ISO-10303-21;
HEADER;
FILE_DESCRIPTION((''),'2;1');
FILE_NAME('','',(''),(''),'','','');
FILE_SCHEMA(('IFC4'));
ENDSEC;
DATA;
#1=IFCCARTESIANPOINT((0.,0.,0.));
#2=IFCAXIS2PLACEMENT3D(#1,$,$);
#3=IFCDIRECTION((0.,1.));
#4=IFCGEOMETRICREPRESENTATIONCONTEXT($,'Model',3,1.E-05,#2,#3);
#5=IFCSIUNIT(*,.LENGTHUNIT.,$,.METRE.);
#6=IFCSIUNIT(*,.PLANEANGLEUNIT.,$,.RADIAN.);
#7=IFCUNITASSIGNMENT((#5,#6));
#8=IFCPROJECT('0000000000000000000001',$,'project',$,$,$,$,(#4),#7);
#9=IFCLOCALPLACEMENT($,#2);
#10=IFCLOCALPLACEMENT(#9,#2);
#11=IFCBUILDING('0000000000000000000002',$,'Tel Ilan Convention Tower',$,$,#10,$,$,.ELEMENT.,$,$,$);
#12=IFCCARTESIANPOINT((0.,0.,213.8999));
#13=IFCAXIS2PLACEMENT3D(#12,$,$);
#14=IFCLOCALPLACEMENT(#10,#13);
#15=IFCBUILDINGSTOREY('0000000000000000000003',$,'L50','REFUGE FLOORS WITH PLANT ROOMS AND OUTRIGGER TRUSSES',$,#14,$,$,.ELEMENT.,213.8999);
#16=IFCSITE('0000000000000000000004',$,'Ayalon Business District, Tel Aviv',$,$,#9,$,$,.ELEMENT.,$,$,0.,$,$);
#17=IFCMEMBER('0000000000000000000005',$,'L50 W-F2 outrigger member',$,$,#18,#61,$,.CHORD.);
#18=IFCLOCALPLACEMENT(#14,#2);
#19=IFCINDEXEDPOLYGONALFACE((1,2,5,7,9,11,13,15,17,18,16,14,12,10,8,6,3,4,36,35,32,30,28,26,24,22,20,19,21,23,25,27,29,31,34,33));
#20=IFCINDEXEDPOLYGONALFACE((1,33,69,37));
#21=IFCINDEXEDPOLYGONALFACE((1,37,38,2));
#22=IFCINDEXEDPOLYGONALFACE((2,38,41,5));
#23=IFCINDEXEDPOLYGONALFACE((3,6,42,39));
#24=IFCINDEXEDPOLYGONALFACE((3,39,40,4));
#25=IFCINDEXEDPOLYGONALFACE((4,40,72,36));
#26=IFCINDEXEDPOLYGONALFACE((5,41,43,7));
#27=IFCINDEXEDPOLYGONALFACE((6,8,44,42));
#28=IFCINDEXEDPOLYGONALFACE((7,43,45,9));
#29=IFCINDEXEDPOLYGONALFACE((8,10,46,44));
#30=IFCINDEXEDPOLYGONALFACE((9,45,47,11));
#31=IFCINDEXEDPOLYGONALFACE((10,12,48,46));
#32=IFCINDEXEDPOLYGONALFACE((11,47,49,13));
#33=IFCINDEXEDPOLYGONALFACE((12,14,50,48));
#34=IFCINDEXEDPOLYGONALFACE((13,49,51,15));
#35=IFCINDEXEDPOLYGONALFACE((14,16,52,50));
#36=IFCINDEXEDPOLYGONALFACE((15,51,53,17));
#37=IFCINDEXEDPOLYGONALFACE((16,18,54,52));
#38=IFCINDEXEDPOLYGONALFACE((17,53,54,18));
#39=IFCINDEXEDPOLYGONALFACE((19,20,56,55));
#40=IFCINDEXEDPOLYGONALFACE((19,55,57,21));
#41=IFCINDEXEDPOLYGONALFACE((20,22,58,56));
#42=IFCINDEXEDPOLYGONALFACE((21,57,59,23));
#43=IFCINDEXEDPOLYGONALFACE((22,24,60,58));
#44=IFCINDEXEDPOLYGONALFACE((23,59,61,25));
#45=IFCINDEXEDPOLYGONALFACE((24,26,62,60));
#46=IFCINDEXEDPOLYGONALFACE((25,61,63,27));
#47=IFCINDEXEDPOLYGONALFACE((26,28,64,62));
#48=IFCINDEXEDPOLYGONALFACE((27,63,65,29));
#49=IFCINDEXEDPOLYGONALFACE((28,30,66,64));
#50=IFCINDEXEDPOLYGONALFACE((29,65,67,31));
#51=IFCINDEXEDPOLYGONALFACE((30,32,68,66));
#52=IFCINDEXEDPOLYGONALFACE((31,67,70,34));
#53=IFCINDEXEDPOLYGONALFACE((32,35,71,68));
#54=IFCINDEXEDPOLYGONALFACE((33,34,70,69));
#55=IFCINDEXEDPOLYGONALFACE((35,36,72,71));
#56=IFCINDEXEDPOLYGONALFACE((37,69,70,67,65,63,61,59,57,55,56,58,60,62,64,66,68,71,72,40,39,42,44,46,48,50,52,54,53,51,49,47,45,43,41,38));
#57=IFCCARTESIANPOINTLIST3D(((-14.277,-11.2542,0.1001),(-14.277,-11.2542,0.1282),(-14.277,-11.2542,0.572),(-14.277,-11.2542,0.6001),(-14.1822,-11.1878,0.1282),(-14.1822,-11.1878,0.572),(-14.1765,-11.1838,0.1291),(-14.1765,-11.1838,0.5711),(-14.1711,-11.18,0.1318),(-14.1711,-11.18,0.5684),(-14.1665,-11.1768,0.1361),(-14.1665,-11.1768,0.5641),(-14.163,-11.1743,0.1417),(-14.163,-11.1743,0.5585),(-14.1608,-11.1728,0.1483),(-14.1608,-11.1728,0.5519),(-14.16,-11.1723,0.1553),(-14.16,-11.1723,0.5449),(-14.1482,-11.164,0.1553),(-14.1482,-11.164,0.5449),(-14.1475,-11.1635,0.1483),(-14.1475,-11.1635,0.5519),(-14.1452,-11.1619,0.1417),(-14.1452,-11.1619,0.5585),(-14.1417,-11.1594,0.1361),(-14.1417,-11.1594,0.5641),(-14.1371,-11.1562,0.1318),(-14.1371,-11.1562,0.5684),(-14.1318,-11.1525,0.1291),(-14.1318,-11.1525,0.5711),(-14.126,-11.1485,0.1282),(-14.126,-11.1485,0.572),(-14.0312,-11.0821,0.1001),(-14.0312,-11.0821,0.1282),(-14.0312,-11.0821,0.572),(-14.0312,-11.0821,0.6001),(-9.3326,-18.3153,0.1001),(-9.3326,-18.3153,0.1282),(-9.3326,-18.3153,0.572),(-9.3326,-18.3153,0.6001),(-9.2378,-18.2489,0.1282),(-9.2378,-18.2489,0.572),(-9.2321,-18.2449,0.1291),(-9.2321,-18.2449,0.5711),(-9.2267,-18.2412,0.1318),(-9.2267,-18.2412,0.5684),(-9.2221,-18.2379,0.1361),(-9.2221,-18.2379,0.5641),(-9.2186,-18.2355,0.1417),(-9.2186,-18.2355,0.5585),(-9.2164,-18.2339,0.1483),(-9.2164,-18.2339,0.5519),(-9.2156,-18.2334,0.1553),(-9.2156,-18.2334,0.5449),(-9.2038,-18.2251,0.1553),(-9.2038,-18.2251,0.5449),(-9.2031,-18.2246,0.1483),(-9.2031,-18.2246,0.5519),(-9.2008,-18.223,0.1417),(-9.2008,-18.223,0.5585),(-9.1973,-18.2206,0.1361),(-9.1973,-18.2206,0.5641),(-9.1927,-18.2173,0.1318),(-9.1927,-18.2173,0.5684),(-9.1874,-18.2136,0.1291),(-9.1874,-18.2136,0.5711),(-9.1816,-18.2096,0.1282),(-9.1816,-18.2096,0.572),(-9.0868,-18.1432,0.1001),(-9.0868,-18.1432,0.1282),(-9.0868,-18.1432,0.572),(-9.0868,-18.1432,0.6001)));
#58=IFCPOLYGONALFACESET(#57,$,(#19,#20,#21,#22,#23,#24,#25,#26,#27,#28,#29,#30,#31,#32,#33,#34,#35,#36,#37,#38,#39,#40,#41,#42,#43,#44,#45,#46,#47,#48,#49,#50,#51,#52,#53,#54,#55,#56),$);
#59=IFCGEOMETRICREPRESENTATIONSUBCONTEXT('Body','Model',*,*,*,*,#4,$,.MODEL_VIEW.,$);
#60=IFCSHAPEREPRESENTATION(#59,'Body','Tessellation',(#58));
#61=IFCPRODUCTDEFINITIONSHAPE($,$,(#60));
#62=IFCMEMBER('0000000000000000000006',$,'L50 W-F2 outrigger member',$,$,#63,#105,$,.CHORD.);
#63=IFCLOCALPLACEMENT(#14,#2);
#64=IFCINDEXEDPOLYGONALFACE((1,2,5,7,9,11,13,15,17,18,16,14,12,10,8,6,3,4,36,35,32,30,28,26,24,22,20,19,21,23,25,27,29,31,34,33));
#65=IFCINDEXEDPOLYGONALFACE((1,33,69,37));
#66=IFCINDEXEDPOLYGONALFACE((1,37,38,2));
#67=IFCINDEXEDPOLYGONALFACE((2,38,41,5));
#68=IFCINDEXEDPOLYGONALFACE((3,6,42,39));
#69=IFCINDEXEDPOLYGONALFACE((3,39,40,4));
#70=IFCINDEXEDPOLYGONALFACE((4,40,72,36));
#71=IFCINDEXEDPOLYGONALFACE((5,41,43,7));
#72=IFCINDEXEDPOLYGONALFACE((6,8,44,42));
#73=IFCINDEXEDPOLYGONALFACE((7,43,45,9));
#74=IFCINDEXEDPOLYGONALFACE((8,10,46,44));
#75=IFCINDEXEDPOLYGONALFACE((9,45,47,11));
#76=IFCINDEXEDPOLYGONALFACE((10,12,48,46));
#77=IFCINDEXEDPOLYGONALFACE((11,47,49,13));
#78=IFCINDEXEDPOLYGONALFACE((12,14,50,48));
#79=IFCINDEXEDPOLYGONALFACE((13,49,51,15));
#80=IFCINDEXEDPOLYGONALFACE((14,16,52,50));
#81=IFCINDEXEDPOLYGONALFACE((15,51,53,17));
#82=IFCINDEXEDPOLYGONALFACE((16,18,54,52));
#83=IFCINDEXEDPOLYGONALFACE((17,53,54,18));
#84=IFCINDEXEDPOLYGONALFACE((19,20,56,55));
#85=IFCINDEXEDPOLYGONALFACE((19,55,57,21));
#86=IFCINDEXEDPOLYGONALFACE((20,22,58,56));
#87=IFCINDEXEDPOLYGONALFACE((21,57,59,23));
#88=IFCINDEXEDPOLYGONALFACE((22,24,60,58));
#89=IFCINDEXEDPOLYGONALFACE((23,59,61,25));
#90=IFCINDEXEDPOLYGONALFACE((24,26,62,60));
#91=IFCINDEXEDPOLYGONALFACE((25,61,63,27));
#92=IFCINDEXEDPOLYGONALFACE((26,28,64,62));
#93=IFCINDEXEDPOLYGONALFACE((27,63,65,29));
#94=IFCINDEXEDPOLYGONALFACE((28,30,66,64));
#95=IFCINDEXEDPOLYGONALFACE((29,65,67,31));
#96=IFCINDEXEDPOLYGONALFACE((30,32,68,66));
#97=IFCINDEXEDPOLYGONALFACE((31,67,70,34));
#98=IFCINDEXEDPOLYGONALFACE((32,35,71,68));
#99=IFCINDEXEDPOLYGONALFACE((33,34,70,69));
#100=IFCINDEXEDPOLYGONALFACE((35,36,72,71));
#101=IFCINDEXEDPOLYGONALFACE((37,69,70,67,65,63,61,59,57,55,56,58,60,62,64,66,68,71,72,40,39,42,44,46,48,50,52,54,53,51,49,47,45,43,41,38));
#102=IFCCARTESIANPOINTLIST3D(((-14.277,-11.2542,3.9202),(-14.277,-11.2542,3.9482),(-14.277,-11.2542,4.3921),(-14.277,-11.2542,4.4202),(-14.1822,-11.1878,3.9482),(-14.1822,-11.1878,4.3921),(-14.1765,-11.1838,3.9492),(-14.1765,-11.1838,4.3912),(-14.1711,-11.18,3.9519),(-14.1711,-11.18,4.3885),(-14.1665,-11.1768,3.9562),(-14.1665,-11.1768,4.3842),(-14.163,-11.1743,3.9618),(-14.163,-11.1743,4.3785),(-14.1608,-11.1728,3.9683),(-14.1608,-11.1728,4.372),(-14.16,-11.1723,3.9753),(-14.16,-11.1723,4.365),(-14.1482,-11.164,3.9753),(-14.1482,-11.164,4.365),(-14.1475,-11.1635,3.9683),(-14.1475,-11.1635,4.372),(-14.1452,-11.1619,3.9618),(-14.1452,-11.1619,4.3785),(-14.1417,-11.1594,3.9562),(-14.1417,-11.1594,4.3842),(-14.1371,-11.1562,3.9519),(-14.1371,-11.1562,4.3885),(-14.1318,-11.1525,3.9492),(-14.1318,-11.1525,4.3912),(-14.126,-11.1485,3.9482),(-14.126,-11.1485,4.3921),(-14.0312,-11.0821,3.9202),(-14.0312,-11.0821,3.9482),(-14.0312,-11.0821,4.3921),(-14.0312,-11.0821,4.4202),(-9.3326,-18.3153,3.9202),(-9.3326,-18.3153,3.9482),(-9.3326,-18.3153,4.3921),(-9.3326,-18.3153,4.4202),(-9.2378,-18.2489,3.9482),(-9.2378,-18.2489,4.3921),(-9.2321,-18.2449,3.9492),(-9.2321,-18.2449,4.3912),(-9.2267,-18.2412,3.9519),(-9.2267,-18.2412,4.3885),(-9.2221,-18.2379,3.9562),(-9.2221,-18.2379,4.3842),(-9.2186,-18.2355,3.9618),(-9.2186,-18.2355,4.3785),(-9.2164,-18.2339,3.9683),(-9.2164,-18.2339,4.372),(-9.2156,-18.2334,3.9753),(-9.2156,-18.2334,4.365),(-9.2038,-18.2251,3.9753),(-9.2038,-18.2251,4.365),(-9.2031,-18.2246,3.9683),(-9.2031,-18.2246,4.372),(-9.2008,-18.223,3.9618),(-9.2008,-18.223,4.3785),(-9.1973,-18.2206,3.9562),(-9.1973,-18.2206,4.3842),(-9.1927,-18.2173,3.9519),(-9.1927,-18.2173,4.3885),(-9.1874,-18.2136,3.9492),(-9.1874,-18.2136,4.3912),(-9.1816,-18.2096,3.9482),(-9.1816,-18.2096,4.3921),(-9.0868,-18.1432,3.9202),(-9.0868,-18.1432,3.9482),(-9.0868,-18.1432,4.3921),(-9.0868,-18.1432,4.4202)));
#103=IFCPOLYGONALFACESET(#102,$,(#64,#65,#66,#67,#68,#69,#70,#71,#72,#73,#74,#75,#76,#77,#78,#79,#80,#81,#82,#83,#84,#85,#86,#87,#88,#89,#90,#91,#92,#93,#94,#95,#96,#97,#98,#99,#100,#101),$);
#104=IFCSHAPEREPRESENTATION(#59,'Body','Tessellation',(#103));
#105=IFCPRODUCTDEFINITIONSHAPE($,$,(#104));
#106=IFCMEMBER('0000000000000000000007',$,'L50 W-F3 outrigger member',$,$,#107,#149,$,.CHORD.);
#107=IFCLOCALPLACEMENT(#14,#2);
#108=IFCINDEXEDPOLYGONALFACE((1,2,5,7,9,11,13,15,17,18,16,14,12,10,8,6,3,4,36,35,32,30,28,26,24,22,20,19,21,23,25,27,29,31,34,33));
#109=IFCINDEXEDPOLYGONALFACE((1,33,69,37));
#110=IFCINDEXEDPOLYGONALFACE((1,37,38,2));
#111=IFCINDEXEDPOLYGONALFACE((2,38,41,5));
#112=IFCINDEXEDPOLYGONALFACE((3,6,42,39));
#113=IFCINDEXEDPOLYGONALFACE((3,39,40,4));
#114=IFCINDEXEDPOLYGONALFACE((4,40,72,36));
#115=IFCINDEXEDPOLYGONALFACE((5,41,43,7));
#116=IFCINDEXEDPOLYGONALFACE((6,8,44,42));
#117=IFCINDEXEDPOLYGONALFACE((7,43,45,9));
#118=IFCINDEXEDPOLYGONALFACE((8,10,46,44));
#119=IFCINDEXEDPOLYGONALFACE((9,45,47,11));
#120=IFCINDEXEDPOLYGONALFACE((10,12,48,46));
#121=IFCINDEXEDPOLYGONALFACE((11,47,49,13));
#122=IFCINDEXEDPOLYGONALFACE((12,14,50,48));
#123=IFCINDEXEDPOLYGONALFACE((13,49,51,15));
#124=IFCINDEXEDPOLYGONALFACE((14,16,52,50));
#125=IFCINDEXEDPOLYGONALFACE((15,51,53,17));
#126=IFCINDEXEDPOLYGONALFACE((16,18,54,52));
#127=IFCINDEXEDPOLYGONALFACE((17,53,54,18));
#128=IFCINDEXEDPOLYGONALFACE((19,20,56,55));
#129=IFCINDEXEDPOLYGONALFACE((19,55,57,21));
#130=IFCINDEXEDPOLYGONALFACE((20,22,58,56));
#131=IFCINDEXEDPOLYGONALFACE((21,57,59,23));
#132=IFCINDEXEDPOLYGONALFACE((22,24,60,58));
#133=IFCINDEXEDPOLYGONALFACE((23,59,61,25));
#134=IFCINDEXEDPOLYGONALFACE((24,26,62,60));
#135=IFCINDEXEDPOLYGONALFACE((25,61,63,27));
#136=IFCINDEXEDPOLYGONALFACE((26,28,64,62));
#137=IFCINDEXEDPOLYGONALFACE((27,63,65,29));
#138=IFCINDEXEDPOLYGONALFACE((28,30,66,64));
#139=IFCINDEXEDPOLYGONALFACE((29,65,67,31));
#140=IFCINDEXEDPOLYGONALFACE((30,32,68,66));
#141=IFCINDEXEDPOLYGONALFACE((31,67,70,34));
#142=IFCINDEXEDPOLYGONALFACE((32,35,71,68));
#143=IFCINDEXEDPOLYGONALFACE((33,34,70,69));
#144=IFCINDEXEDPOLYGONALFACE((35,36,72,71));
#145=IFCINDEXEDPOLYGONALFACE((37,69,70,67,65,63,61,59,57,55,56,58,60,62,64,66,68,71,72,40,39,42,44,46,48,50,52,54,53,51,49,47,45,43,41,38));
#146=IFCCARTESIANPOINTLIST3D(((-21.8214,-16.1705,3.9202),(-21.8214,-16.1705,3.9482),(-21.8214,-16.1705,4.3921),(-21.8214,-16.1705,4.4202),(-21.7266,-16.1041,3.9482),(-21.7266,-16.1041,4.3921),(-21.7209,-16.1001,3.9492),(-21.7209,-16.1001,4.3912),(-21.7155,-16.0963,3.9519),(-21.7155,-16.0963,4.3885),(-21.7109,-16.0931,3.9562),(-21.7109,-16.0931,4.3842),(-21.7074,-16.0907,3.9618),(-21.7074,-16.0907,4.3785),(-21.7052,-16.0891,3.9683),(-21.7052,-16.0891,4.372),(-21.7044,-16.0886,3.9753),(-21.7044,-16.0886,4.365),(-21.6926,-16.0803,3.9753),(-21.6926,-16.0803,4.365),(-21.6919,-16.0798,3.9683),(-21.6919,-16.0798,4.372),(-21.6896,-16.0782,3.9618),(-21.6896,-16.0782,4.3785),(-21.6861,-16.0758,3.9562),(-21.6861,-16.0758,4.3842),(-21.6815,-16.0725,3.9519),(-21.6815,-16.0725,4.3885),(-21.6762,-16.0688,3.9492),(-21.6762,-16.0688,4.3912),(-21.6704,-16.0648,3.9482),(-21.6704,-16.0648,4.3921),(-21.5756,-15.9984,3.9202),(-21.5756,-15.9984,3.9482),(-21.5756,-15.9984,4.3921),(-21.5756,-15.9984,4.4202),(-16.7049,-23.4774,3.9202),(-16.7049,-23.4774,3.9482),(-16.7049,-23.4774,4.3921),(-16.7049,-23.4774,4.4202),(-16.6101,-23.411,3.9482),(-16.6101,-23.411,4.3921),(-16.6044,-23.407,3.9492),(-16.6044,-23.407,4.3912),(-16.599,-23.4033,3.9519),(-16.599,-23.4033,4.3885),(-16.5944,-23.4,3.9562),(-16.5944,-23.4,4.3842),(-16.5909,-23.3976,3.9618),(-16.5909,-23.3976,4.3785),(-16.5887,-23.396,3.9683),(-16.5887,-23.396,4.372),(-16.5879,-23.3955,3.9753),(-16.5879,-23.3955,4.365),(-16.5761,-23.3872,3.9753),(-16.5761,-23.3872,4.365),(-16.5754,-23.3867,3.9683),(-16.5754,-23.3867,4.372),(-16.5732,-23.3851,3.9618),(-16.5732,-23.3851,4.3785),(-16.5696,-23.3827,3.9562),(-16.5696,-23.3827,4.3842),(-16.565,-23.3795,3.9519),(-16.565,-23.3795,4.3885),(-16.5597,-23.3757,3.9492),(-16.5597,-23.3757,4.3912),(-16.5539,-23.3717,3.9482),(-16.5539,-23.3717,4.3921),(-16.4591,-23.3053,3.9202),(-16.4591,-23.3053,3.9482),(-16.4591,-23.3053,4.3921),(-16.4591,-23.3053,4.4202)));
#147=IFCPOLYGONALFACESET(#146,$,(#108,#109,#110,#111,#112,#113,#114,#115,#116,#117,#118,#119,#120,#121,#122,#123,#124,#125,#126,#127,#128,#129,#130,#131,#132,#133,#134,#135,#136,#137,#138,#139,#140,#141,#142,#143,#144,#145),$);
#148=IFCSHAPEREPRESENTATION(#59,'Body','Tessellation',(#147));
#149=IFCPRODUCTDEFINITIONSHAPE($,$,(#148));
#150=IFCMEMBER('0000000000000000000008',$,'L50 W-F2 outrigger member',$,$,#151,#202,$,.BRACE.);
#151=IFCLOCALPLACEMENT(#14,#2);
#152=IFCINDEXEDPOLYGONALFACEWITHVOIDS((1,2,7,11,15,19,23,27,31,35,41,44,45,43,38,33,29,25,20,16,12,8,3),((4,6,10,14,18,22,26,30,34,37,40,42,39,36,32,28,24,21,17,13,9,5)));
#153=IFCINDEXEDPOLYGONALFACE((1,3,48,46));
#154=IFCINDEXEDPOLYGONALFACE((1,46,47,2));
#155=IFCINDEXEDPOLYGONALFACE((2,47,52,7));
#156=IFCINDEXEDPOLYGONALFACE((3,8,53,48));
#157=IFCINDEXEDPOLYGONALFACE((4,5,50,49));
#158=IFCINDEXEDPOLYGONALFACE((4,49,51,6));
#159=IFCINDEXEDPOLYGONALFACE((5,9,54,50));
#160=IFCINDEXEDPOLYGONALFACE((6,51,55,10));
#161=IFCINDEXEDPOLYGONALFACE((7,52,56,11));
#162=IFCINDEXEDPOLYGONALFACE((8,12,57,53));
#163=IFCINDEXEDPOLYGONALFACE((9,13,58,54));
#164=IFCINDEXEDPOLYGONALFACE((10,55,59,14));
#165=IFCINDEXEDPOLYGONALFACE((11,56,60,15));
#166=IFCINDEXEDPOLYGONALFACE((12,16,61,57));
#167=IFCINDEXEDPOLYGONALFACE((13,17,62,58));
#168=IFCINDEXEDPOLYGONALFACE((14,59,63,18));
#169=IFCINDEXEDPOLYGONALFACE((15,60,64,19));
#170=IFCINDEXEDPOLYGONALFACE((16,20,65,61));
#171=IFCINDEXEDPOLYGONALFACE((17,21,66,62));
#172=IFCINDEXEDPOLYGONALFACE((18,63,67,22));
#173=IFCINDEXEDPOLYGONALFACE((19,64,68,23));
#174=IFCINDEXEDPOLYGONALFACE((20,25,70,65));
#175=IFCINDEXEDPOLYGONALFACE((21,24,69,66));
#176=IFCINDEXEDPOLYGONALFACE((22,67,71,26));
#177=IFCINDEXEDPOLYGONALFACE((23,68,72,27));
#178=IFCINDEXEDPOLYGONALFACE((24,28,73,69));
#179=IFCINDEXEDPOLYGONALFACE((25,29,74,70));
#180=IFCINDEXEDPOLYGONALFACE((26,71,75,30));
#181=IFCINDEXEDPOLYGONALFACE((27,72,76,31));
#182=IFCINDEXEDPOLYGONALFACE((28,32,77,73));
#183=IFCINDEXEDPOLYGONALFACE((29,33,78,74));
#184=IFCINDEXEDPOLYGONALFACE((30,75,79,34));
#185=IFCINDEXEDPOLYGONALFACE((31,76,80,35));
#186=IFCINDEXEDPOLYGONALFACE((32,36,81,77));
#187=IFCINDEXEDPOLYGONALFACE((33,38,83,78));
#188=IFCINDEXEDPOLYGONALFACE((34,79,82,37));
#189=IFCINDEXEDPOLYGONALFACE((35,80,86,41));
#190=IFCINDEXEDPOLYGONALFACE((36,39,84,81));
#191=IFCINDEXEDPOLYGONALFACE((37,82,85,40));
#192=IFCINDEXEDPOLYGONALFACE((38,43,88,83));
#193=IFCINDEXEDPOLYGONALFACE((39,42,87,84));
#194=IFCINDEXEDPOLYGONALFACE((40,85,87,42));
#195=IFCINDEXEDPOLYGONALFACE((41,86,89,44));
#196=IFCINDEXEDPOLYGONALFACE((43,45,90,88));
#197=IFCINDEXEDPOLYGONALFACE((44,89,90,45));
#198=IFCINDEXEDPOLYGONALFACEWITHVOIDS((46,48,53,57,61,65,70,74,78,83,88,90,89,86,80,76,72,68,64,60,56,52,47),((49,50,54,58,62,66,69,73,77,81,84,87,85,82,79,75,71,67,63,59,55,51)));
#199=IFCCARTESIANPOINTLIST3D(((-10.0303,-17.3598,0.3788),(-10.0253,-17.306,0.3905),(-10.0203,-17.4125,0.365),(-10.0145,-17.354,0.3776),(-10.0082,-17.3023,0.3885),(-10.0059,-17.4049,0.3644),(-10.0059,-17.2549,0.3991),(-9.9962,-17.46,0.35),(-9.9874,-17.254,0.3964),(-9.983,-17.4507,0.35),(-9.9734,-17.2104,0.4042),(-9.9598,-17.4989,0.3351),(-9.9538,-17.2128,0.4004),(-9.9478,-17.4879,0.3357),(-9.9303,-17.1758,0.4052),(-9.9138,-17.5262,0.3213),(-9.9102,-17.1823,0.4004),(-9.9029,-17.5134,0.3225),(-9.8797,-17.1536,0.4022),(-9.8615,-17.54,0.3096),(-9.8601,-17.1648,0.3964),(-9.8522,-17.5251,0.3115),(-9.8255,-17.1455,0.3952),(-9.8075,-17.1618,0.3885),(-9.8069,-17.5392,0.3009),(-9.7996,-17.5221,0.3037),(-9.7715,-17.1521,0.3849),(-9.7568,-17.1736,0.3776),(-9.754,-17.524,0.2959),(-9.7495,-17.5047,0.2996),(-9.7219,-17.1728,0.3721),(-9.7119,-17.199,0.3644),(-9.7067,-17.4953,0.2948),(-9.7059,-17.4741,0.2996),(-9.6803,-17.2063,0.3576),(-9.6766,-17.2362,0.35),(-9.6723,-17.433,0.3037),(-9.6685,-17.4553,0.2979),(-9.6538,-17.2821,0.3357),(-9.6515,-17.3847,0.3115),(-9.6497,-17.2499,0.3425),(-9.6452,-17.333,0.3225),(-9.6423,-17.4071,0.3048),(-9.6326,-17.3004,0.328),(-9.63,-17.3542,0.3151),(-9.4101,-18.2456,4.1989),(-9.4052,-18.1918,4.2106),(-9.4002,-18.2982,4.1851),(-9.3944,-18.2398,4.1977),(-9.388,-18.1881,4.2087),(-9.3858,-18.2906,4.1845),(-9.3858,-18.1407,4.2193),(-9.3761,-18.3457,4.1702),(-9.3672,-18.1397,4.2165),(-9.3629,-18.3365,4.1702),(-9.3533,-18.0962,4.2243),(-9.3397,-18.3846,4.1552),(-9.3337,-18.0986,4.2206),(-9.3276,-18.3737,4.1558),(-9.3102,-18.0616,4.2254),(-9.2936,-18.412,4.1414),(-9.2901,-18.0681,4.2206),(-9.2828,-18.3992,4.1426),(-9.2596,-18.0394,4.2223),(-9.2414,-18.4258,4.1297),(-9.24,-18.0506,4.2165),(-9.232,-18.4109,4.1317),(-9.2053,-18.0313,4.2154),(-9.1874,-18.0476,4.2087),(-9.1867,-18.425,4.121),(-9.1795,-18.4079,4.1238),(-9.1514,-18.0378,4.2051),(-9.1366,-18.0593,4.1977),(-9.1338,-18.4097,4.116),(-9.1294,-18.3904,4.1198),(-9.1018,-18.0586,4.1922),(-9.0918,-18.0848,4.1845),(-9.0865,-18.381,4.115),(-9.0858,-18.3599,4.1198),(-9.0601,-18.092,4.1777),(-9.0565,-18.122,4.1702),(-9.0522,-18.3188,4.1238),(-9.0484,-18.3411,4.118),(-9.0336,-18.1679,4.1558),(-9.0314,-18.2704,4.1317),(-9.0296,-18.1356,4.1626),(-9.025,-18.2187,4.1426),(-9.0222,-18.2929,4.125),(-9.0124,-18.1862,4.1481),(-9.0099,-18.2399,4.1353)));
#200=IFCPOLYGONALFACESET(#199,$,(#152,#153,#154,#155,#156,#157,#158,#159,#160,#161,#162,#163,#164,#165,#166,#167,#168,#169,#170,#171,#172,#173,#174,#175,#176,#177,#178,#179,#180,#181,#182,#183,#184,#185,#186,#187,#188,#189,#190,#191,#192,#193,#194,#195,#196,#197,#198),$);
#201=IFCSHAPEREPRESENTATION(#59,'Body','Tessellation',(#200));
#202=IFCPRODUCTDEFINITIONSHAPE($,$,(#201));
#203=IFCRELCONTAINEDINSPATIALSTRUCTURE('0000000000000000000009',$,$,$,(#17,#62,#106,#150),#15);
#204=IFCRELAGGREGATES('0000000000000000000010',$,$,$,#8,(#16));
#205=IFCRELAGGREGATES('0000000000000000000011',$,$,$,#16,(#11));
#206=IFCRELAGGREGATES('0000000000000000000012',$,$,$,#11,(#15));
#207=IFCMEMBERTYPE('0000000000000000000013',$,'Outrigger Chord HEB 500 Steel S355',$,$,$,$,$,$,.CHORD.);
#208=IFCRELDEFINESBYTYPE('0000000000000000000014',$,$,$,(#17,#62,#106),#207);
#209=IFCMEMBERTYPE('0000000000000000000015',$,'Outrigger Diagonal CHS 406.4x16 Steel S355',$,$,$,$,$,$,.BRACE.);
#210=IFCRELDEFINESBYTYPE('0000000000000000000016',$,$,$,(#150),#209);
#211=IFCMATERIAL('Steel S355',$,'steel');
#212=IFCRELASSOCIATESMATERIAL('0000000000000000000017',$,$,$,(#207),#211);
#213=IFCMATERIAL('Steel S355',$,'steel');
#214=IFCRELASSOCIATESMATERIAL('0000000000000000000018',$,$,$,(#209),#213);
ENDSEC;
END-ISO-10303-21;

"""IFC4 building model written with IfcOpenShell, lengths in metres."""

from ifc_helpers import new_model, si_unit, direction, frame, origin, origin_2d, place, context, subcontext, project, spatial, hollow_circle, i_section, extrude, material, material_profile, profile_set, type_object, element, save


model = new_model("IFC4")

# Units and contexts
model_context = context("Model", 3, precision=1e-05, world=origin(), true_north=direction((0.0, 1.0)))
body_context = subcontext(model_context, "Body", "Model", "MODEL_VIEW")
ifc_project = project(units=[si_unit("LENGTHUNIT", "METRE"), si_unit("PLANEANGLEUNIT", "RADIAN")], contexts=[model_context])

# Site, building, storey
site_placement = place(None, origin())
site = spatial("IfcSite", under=ifc_project, at=site_placement, Name="Ayalon Business District, Tel Aviv", CompositionType="ELEMENT", RefElevation=0.0)
building_placement = place(site_placement, origin())
building = spatial("IfcBuilding", under=site, at=building_placement, Name="Tel Ilan Convention Tower", CompositionType="ELEMENT")
storey_placement = place(building_placement, frame((0.0, 0.0, 213.8999)))
storey = spatial("IfcBuildingStorey", under=building, at=storey_placement, Name="L50", Description="REFUGE FLOORS WITH PLANT ROOMS AND OUTRIGGER TRUSSES", CompositionType="ELEMENT", Elevation=213.8999)

# Members
ifc_material_1 = material(Name="Steel S355", Category="steel")
ifc_material_profile_1 = material_profile(ifc_material_1, i_section(OverallWidth=0.3, OverallDepth=0.5, WebThickness=0.0144, FlangeThickness=0.0281, FilletRadius=0.0271, at=origin_2d()), Name="HEB 500")
ifc_profile_set_1 = profile_set([ifc_material_profile_1], Name="Steel S355")
member_type_1 = type_object("IfcMemberType", Name="Outrigger Chord HEB 500 Steel S355", PredefinedType="CHORD", material=ifc_profile_set_1)
for number, where, z_axis, x_axis, name in (
    (1, (-9.2097, -18.2292, 0.3501), (-0.573588, 0.819144, 0.0), (-0.819144, -0.573588, 0.0), "L50 W-F2 outrigger member"),
    (2, (-9.2097, -18.2292, 4.1702), (-0.573588, 0.819144, 0.0), (-0.819144, -0.573588, 0.0), "L50 W-F2 outrigger member"),
):
    element("IfcMember", number, at=place(storey_placement, frame(where, z_axis=z_axis, x_axis=x_axis)), inside=storey, type_object=member_type_1, Name=name, PredefinedType="CHORD", context=body_context, shape_type="SweptSolid", body=[
        extrude(i_section(OverallWidth=0.3, OverallDepth=0.5, WebThickness=0.0144, FlangeThickness=0.0281, FilletRadius=0.0271, at=origin_2d()), origin(), (0.0, 0.0, 1.0), 8.6201),
    ])
member_1_placement = place(storey_placement, frame((-16.582, -23.3914, 4.1702), z_axis=(-0.573585, 0.819146, 0.0), x_axis=(-0.819146, -0.573585, 0.0)))
element("IfcMember", 3, at=member_1_placement, inside=storey, type_object=member_type_1, Name="L50 W-F3 outrigger member", PredefinedType="CHORD", context=body_context, shape_type="SweptSolid", body=[
    extrude(i_section(OverallWidth=0.3, OverallDepth=0.5, WebThickness=0.0144, FlangeThickness=0.0281, FilletRadius=0.0271, at=origin_2d()), origin(), (0.0, 0.0, 1.0), 8.9202),
])
ifc_material_2 = material(Name="Steel S355", Category="steel")
ifc_material_profile_2 = material_profile(ifc_material_2, hollow_circle(Radius=0.2031, WallThickness=0.0161, at=origin_2d()), Name="CHS 406.4x16")
ifc_profile_set_2 = profile_set([ifc_material_profile_2], Name="Steel S355")
member_type_2 = type_object("IfcMemberType", Name="Outrigger Diagonal CHS 406.4x16 Steel S355", PredefinedType="BRACE", material=ifc_profile_set_2)
for number, where, z_axis, x_axis, name in (
    (4, (-9.2097, -18.2292, 4.1702), (-0.156195, 0.223101, -0.9622), (-0.819189, -0.573523, 0.0), "L50 W-F2 outrigger member"),
):
    element("IfcMember", number, at=place(storey_placement, frame(where, z_axis=z_axis, x_axis=x_axis)), inside=storey, type_object=member_type_2, Name=name, PredefinedType="BRACE", context=body_context, shape_type="SweptSolid", body=[
        extrude(hollow_circle(Radius=0.2031, WallThickness=0.0161, at=origin_2d()), origin(), (0.0, 0.0, 1.0), 3.9702),
    ])

save(model, "model.ifc")
